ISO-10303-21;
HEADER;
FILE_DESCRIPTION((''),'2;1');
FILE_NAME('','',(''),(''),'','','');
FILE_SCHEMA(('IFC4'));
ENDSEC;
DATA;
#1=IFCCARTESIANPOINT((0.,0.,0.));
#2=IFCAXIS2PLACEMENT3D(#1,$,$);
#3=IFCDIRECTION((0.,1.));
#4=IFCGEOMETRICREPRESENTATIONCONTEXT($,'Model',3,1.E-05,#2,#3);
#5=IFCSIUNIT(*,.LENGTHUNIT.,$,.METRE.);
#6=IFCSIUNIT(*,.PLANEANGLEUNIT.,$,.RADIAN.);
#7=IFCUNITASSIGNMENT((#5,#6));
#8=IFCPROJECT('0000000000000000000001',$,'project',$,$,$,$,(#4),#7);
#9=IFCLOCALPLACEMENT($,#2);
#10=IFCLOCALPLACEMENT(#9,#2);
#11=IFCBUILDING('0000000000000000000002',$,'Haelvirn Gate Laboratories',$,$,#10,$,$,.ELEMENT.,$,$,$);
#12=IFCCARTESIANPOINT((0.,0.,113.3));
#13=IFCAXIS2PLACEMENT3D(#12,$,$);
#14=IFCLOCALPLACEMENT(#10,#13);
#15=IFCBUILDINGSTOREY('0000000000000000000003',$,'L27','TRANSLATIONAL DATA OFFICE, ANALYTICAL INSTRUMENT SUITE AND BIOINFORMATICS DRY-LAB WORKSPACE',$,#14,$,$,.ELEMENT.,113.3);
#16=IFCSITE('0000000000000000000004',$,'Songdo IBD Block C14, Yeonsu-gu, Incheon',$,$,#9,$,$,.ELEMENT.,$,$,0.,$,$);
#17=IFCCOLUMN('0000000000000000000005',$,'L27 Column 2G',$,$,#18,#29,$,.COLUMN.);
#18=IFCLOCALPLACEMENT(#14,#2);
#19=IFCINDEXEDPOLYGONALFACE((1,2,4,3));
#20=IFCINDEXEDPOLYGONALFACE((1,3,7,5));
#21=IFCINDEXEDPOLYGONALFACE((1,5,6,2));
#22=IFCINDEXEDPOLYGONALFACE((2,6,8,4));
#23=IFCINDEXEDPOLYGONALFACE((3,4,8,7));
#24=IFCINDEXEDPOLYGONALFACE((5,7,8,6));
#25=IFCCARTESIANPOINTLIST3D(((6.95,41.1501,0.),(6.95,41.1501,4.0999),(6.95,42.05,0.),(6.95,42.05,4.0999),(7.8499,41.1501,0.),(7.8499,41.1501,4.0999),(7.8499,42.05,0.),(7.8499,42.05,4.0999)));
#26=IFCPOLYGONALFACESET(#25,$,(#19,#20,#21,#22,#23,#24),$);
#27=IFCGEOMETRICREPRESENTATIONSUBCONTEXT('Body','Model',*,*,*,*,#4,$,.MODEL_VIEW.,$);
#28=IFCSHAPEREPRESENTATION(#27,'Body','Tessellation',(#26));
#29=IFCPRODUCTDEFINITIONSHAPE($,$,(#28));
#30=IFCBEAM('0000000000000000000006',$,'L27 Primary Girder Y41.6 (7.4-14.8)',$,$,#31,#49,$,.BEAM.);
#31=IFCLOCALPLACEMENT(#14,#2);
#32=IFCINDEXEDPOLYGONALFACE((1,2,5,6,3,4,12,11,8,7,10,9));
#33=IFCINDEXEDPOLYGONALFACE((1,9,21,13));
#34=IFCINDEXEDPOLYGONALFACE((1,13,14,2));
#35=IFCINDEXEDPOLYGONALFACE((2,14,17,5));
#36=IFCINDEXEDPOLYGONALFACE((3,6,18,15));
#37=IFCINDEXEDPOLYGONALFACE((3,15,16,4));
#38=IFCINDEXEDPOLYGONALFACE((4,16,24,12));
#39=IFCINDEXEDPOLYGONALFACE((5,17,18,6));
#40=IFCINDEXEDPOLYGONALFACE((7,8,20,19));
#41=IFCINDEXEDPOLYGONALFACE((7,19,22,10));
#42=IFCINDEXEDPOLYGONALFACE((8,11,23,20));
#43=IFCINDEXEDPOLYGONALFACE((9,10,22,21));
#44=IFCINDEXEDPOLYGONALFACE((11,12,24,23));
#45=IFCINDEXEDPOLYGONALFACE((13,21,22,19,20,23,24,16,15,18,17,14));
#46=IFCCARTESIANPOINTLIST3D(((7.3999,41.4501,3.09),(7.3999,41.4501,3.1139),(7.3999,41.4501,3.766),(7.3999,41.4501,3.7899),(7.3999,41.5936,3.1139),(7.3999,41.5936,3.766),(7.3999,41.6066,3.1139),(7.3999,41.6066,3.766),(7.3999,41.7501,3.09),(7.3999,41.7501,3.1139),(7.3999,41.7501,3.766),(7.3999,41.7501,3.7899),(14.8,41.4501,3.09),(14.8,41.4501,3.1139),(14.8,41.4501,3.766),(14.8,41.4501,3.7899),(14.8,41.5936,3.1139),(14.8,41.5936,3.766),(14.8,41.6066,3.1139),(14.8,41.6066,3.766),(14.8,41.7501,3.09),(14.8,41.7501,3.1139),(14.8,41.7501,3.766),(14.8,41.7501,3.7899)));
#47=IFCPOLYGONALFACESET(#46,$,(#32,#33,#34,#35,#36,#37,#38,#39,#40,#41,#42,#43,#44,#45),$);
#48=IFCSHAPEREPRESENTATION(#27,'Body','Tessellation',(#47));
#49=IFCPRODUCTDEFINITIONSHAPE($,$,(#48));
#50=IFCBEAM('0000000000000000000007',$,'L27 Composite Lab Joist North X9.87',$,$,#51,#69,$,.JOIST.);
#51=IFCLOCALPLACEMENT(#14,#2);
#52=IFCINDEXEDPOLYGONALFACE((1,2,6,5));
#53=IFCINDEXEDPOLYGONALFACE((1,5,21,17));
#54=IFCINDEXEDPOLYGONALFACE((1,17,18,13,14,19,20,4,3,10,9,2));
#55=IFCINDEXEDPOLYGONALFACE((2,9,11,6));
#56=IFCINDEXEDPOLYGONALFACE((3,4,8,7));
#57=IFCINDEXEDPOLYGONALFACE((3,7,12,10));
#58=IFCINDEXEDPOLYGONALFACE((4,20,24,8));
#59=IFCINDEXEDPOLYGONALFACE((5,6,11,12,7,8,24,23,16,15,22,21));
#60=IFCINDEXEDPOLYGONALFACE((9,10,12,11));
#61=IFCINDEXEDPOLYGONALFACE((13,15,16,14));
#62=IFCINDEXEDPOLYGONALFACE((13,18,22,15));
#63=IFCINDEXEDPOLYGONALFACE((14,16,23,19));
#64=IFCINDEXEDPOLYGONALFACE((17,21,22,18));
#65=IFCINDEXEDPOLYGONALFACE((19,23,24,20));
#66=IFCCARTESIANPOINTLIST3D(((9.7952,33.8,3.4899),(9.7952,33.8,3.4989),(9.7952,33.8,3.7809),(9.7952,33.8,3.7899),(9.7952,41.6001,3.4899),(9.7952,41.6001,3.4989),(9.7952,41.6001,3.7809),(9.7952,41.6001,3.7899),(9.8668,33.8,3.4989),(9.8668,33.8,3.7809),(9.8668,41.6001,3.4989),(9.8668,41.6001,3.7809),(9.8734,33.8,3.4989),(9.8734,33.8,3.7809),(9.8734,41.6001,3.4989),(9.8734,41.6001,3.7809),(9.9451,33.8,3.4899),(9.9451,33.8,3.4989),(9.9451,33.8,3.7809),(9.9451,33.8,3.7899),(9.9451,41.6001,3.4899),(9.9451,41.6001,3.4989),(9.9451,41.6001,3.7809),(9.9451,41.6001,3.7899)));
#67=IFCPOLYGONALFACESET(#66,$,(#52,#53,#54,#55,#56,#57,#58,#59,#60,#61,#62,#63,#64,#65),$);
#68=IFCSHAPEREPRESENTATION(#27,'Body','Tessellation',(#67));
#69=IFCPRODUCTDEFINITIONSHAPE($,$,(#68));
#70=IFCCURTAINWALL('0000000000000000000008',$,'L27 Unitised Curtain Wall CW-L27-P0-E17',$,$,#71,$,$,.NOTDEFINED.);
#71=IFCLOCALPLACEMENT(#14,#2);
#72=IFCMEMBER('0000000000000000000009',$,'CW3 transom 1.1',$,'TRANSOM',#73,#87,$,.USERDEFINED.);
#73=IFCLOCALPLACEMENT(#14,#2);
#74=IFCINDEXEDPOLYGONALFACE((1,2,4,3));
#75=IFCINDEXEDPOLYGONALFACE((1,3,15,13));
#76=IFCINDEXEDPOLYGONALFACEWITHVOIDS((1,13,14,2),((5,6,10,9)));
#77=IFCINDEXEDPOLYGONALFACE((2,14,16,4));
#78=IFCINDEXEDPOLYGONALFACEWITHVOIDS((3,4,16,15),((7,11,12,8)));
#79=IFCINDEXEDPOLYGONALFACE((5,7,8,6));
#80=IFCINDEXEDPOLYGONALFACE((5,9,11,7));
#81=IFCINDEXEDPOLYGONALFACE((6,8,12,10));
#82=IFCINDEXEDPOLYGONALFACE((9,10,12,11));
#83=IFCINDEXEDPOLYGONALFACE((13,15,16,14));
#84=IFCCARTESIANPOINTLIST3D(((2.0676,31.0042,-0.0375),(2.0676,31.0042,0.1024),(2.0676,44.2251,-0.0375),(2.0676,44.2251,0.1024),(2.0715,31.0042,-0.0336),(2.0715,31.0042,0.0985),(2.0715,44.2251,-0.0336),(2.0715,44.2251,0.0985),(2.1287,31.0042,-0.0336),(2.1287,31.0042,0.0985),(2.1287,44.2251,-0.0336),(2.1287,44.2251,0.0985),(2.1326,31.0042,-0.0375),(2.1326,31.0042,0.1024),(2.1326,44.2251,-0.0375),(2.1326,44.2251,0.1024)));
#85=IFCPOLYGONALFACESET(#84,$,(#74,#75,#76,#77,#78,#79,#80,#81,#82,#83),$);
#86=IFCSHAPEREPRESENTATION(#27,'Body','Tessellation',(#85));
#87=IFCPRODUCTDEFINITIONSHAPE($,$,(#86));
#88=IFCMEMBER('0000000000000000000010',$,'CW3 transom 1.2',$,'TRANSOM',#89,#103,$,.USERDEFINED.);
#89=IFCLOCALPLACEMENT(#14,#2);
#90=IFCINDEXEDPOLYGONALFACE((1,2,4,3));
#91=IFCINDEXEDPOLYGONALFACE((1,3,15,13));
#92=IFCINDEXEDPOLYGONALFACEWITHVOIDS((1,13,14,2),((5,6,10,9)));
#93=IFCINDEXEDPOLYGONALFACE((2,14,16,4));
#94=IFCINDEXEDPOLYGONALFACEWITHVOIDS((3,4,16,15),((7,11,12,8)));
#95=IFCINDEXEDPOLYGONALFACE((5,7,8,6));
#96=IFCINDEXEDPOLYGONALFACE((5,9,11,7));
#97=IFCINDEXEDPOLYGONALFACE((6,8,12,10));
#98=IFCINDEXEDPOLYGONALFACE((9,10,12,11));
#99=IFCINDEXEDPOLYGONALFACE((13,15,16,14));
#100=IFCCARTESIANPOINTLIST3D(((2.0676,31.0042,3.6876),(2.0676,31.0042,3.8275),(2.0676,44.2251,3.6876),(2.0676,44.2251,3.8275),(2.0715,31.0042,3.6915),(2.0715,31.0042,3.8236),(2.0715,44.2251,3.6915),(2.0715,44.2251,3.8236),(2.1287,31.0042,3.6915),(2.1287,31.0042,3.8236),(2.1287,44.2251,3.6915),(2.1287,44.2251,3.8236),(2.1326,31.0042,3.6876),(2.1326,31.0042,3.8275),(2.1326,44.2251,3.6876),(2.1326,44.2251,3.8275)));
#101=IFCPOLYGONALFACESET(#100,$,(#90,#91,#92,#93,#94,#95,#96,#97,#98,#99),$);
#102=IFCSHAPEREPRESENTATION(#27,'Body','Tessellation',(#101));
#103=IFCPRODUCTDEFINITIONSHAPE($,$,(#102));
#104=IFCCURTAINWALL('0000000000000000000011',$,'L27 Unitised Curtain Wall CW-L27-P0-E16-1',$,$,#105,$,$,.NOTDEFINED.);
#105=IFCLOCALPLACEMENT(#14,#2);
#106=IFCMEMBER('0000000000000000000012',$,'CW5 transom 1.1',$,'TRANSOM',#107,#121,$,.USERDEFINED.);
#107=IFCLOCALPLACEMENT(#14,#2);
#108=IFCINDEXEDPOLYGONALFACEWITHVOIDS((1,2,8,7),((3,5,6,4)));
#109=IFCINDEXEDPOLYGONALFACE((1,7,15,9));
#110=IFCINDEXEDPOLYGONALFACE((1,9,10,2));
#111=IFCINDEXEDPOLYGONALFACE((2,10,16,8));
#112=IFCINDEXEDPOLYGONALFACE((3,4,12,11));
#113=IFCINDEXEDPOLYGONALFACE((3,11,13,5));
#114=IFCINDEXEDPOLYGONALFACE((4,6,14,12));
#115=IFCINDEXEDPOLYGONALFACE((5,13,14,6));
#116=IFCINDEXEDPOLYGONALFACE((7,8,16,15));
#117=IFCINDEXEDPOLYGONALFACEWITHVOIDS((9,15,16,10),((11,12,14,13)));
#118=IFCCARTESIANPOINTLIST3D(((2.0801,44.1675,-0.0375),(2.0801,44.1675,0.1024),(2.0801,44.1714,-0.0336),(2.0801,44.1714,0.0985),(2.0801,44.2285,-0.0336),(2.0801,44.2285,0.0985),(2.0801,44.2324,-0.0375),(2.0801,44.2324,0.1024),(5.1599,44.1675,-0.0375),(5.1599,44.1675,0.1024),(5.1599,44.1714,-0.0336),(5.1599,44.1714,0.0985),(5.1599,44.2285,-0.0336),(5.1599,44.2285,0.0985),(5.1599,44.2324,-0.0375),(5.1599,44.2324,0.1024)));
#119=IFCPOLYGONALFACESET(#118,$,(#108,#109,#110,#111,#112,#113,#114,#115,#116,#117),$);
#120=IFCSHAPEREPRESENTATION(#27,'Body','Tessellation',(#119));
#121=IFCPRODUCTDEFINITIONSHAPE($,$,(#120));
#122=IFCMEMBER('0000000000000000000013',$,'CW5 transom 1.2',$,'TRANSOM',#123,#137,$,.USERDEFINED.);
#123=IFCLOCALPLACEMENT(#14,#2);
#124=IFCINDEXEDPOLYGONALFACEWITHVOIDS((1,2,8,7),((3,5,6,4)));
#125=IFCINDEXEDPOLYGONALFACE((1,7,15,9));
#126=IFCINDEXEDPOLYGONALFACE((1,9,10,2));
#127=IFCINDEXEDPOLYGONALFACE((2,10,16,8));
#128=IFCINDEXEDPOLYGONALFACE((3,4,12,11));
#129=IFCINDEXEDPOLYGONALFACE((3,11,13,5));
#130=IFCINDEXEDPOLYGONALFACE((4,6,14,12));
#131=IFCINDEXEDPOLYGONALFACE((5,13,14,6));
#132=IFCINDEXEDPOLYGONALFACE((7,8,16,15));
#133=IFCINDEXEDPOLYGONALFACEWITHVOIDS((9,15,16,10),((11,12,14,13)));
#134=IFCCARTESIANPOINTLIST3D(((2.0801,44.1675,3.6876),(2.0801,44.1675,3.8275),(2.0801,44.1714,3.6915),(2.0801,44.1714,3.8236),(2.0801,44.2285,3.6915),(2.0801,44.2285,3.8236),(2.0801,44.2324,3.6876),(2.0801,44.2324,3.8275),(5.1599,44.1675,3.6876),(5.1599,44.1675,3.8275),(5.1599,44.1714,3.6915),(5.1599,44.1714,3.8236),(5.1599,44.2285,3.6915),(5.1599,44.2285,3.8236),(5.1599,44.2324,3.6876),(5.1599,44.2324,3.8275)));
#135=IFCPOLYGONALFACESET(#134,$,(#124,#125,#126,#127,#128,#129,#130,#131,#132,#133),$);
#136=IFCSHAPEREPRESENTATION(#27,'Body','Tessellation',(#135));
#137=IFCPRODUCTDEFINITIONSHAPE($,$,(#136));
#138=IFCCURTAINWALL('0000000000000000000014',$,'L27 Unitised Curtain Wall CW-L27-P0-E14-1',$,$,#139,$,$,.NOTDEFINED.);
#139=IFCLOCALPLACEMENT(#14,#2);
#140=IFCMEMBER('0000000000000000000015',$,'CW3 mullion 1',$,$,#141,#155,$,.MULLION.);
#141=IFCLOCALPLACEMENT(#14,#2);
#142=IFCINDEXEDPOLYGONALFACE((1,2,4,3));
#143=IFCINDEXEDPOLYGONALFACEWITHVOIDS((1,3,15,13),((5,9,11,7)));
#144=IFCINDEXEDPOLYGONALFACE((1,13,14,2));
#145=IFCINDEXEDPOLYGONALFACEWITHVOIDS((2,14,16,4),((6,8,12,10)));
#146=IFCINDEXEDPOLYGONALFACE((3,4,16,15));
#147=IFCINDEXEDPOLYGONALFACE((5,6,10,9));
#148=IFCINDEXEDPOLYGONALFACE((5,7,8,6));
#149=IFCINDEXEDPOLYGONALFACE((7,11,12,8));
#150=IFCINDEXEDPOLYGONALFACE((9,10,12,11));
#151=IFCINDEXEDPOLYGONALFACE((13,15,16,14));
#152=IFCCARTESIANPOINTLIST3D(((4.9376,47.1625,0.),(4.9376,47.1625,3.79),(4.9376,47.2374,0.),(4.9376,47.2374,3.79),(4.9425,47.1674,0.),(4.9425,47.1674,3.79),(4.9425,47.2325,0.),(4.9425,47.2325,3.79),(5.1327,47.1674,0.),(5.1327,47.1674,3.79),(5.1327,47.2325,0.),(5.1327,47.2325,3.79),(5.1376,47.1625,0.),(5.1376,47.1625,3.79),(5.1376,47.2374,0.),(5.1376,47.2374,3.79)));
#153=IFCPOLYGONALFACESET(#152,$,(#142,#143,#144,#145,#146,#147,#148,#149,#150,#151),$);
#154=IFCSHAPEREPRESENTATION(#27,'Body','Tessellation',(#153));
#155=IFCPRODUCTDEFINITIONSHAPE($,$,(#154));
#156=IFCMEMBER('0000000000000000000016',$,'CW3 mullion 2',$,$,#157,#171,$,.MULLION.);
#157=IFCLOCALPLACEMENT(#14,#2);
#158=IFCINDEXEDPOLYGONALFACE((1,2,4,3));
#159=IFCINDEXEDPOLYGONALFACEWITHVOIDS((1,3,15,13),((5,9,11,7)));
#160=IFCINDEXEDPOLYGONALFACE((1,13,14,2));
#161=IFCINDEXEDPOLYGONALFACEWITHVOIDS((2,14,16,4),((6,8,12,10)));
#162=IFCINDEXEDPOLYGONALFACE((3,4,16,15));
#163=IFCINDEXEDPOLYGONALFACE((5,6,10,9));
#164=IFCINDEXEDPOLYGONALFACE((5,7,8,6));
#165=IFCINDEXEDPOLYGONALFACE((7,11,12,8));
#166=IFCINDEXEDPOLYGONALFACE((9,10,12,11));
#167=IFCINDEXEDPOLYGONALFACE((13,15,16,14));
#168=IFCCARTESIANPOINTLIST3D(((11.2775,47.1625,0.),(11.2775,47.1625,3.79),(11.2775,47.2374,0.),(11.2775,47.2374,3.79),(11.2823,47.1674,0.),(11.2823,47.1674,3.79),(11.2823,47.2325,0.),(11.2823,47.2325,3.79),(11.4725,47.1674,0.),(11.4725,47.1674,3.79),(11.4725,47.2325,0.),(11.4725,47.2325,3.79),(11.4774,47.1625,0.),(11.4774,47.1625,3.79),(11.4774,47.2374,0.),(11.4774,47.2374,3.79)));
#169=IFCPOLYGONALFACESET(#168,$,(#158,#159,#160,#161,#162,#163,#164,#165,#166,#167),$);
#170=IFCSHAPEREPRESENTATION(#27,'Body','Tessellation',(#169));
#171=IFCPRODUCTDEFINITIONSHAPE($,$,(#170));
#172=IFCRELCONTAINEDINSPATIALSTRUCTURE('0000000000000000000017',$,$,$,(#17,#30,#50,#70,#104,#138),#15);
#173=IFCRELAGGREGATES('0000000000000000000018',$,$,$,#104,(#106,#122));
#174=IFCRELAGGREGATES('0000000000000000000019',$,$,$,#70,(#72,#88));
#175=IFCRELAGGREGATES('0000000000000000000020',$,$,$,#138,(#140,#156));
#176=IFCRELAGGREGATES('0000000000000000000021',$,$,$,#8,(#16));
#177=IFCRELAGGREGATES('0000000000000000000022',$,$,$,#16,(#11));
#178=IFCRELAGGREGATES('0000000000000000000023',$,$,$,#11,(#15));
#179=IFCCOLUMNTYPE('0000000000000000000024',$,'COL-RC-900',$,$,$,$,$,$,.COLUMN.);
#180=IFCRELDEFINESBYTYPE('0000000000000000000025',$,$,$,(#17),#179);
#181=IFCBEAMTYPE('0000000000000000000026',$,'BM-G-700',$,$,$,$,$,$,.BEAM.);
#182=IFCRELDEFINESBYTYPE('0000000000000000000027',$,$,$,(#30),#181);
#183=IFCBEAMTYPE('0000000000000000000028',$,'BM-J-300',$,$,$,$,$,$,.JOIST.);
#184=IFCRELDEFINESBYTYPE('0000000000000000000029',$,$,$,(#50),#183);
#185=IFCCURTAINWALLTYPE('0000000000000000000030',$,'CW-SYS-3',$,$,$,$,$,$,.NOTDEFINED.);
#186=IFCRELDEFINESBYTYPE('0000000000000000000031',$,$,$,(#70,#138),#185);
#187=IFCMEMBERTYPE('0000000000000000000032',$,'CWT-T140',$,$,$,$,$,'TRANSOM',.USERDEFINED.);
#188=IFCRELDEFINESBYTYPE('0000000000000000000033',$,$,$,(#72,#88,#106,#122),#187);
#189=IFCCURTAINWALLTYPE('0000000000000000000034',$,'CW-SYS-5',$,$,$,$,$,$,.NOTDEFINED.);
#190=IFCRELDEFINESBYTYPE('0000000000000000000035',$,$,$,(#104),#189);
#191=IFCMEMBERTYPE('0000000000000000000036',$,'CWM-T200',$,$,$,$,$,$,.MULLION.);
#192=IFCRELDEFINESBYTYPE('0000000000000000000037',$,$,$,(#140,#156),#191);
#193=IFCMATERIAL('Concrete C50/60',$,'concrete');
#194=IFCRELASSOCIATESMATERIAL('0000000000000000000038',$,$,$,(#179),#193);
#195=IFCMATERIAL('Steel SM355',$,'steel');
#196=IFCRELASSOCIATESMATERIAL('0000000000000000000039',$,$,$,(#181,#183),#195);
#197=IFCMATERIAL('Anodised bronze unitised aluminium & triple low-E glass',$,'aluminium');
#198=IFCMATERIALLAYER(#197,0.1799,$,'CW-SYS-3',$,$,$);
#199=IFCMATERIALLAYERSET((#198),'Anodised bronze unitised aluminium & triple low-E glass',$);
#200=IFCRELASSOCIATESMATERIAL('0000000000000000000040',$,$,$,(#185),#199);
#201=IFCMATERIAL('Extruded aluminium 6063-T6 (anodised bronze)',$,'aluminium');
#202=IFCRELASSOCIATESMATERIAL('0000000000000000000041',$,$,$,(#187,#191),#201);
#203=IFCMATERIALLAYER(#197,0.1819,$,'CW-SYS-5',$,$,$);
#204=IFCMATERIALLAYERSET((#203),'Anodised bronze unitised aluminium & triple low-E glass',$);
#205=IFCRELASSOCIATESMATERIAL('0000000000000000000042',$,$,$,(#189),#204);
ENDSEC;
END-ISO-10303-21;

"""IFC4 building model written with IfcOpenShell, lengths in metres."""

from ifc_helpers import new_model, si_unit, direction, frame, origin, origin_2d, place, context, subcontext, project, spatial, rectangle, hollow_rectangle, i_section, extrude, source, transform, mapped, material, layer, layer_set, material_profile, profile_set, type_object, type_shapes, element, aggregate, save


model = new_model("IFC4")

# Units and contexts
model_context = context("Model", 3, precision=1e-05, world=origin(), true_north=direction((0.0, 1.0)))
body_context = subcontext(model_context, "Body", "Model", "MODEL_VIEW")
ifc_project = project(units=[si_unit("LENGTHUNIT", "METRE"), si_unit("PLANEANGLEUNIT", "RADIAN")], contexts=[model_context])

# Site, building, storey
site_placement = place(None, origin())
site = spatial("IfcSite", under=ifc_project, at=site_placement, Name="Songdo IBD Block C14, Yeonsu-gu, Incheon", CompositionType="ELEMENT", RefElevation=0.0)
building_placement = place(site_placement, origin())
building = spatial("IfcBuilding", under=site, at=building_placement, Name="Haelvirn Gate Laboratories", CompositionType="ELEMENT")
storey_placement = place(building_placement, frame((0.0, 0.0, 113.3)))
storey = spatial("IfcBuildingStorey", under=building, at=storey_placement, Name="L27", Description="TRANSLATIONAL DATA OFFICE, ANALYTICAL INSTRUMENT SUITE AND BIOINFORMATICS DRY-LAB WORKSPACE", CompositionType="ELEMENT", Elevation=113.3)

# Column
ifc_material_1 = material(Name="Concrete C50/60", Category="concrete")
ifc_material_profile_1 = material_profile(ifc_material_1, rectangle(XDim=0.8999, YDim=0.8999, at=origin_2d()), Name="RC-900x900")
ifc_profile_set_1 = profile_set([ifc_material_profile_1], Name="Concrete C50/60")
column_type = type_object("IfcColumnType", Name="COL-RC-900", PredefinedType="COLUMN", material=ifc_profile_set_1)
shared_shape_1 = source(origin(), body_context, "Body", "SweptSolid", [
    extrude(rectangle(XDim=0.8999, YDim=0.8999, at=origin_2d()), origin(), (0.0, 0.0, 1.0), 4.0999),
])
type_shapes(column_type, [shared_shape_1])
column_placement = place(storey_placement, frame((7.3999, 41.6001, 0.0), z_axis=(0.0, 0.0, 1.0), x_axis=(1.0, 0.0, 0.0)))
element("IfcColumn", 1, at=column_placement, inside=storey, type_object=column_type, Name="L27 Column 2G", PredefinedType="COLUMN", context=body_context, shape_type="MappedRepresentation", body=[
    mapped(shared_shape_1, transform((0.0, 0.0, 0.0), scale=1.0)),
])

# Beams
ifc_material_2 = material(Name="Steel SM355", Category="steel")
ifc_material_profile_2 = material_profile(ifc_material_2, i_section(OverallWidth=0.3, OverallDepth=0.7, WebThickness=0.0129, FlangeThickness=0.0239, at=origin_2d()), Name="H-700x300x13x24")
ifc_profile_set_2 = profile_set([ifc_material_profile_2], Name="Steel SM355")
beam_type_1 = type_object("IfcBeamType", Name="BM-G-700", PredefinedType="BEAM", material=ifc_profile_set_2)
shared_shape_2 = source(origin(), body_context, "Body", "SweptSolid", [
    extrude(i_section(OverallWidth=0.3, OverallDepth=0.7, WebThickness=0.0129, FlangeThickness=0.0239, at=origin_2d()), origin(), (0.0, 0.0, 1.0), 7.4001),
])
type_shapes(beam_type_1, [shared_shape_2])
beam_1_placement = place(storey_placement, frame((7.3999, 41.6001, 3.4399), z_axis=(1.0, 0.0, 0.0), x_axis=(0.0, 1.0, 0.0)))
element("IfcBeam", 2, at=beam_1_placement, inside=storey, type_object=beam_type_1, Name="L27 Primary Girder Y41.6 (7.4-14.8)", PredefinedType="BEAM", context=body_context, shape_type="MappedRepresentation", body=[
    mapped(shared_shape_2, transform((0.0, 0.0, 0.0), scale=1.0)),
])
ifc_material_profile_3 = material_profile(ifc_material_2, i_section(OverallWidth=0.1499, OverallDepth=0.3, WebThickness=0.0066, FlangeThickness=0.009, at=origin_2d()), Name="H-300x150x6.5x9")
ifc_profile_set_3 = profile_set([ifc_material_profile_3], Name="Steel SM355")
beam_type_2 = type_object("IfcBeamType", Name="BM-J-300", PredefinedType="JOIST", material=ifc_profile_set_3)
shared_shape_3 = source(origin(), body_context, "Body", "SweptSolid", [
    extrude(i_section(OverallWidth=0.1499, OverallDepth=0.3, WebThickness=0.0066, FlangeThickness=0.009, at=origin_2d()), origin(), (0.0, 0.0, 1.0), 7.8),
])
type_shapes(beam_type_2, [shared_shape_3])
beam_2_placement = place(storey_placement, frame((9.8701, 33.8, 3.6399), z_axis=(0.0, 1.0, 0.0), x_axis=(-1.0, 0.0, 0.0)))
element("IfcBeam", 3, at=beam_2_placement, inside=storey, type_object=beam_type_2, Name="L27 Composite Lab Joist North X9.87", PredefinedType="JOIST", context=body_context, shape_type="MappedRepresentation", body=[
    mapped(shared_shape_3, transform((0.0, 0.0, 0.0), scale=1.0)),
])

# Curtain walls, members
ifc_material_3 = material(Name="Anodised bronze unitised aluminium & triple low-E glass", Category="aluminium")
ifc_layer_1 = layer(ifc_material_3, 0.1799, Name="CW-SYS-3")
ifc_layer_set_1 = layer_set([ifc_layer_1], Name="Anodised bronze unitised aluminium & triple low-E glass")
curtain_wall_type_1 = type_object("IfcCurtainWallType", Name="CW-SYS-3", PredefinedType="NOTDEFINED", material=ifc_layer_set_1)
curtain_wall_1_placement = place(storey_placement, origin())
curtain_wall_1 = element("IfcCurtainWall", 4, at=curtain_wall_1_placement, inside=storey, type_object=curtain_wall_type_1, Name="L27 Unitised Curtain Wall CW-L27-P0-E17", PredefinedType="NOTDEFINED")
ifc_material_4 = material(Name="Extruded aluminium 6063-T6 (anodised bronze)", Category="aluminium")
ifc_material_profile_4 = material_profile(ifc_material_4, hollow_rectangle(XDim=0.0649, YDim=0.1399, WallThickness=0.0039, at=origin_2d()), Name="CWT-140x65x4")
ifc_profile_set_4 = profile_set([ifc_material_profile_4], Name="Extruded aluminium 6063-T6 (anodised bronze)")
member_type_1 = type_object("IfcMemberType", Name="CWT-T140", ElementType="TRANSOM", PredefinedType="USERDEFINED", material=ifc_profile_set_4)
shared_shape_4 = source(origin(), body_context, "Body", "SweptSolid", [
    extrude(hollow_rectangle(XDim=0.0649, YDim=0.1399, WallThickness=0.0039, at=origin_2d()), origin(), (0.0, 0.0, 1.0), 13.2209),
])
member_1_placement = place(storey_placement, frame((2.1001, 44.2251, 0.0325), z_axis=(0.0, -1.0, 0.0), x_axis=(1.0, 0.0, 0.0)))
member_1 = element("IfcMember", 5, at=member_1_placement, type_object=member_type_1, Name="CW3 transom 1.1", ObjectType="TRANSOM", PredefinedType="USERDEFINED", context=body_context, shape_type="MappedRepresentation", body=[
    mapped(shared_shape_4, transform((0.0, 0.0, 0.0), scale=1.0)),
])
member_2_placement = place(storey_placement, frame((2.1001, 44.2251, 3.7576), z_axis=(0.0, -1.0, 0.0), x_axis=(1.0, 0.0, 0.0)))
member_2 = element("IfcMember", 6, at=member_2_placement, type_object=member_type_1, Name="CW3 transom 1.2", ObjectType="TRANSOM", PredefinedType="USERDEFINED", context=body_context, shape_type="MappedRepresentation", body=[
    mapped(shared_shape_4, transform((0.0, 0.0, 0.0), scale=1.0)),
])
ifc_layer_2 = layer(ifc_material_3, 0.1819, Name="CW-SYS-5")
ifc_layer_set_2 = layer_set([ifc_layer_2], Name="Anodised bronze unitised aluminium & triple low-E glass")
curtain_wall_type_2 = type_object("IfcCurtainWallType", Name="CW-SYS-5", PredefinedType="NOTDEFINED", material=ifc_layer_set_2)
curtain_wall_2_placement = place(storey_placement, origin())
curtain_wall_2 = element("IfcCurtainWall", 7, at=curtain_wall_2_placement, inside=storey, type_object=curtain_wall_type_2, Name="L27 Unitised Curtain Wall CW-L27-P0-E16-1", PredefinedType="NOTDEFINED")
shared_shape_5 = source(origin(), body_context, "Body", "SweptSolid", [
    extrude(hollow_rectangle(XDim=0.0649, YDim=0.1399, WallThickness=0.0039, at=origin_2d()), origin(), (0.0, 0.0, 1.0), 3.0798),
])
member_3_placement = place(storey_placement, frame((2.0801, 44.2, 0.0325), z_axis=(1.0, 0.0, 0.0), x_axis=(0.0, 1.0, 0.0)))
member_3 = element("IfcMember", 8, at=member_3_placement, type_object=member_type_1, Name="CW5 transom 1.1", ObjectType="TRANSOM", PredefinedType="USERDEFINED", context=body_context, shape_type="MappedRepresentation", body=[
    mapped(shared_shape_5, transform((0.0, 0.0, 0.0), scale=1.0)),
])
member_4_placement = place(storey_placement, frame((2.0801, 44.2, 3.7576), z_axis=(1.0, 0.0, 0.0), x_axis=(0.0, 1.0, 0.0)))
member_4 = element("IfcMember", 9, at=member_4_placement, type_object=member_type_1, Name="CW5 transom 1.2", ObjectType="TRANSOM", PredefinedType="USERDEFINED", context=body_context, shape_type="MappedRepresentation", body=[
    mapped(shared_shape_5, transform((0.0, 0.0, 0.0), scale=1.0)),
])
curtain_wall_3_placement = place(storey_placement, origin())
curtain_wall_3 = element("IfcCurtainWall", 10, at=curtain_wall_3_placement, inside=storey, type_object=curtain_wall_type_1, Name="L27 Unitised Curtain Wall CW-L27-P0-E14-1", PredefinedType="NOTDEFINED")
ifc_material_profile_5 = material_profile(ifc_material_4, hollow_rectangle(XDim=0.075, YDim=0.2, WallThickness=0.0049, at=origin_2d()), Name="CWM-200x75x5")
ifc_profile_set_5 = profile_set([ifc_material_profile_5], Name="Extruded aluminium 6063-T6 (anodised bronze)")
member_type_2 = type_object("IfcMemberType", Name="CWM-T200", PredefinedType="MULLION", material=ifc_profile_set_5)
shared_shape_6 = source(origin(), body_context, "Body", "SweptSolid", [
    extrude(hollow_rectangle(XDim=0.075, YDim=0.2, WallThickness=0.0049, at=origin_2d()), origin(), (0.0, 0.0, 1.0), 3.79),
])
type_shapes(member_type_2, [shared_shape_6])
member_5_placement = place(storey_placement, frame((5.0376, 47.2, 0.0), z_axis=(0.0, 0.0, 1.0), x_axis=(0.0, 1.0, 0.0)))
member_5 = element("IfcMember", 11, at=member_5_placement, type_object=member_type_2, Name="CW3 mullion 1", PredefinedType="MULLION", context=body_context, shape_type="MappedRepresentation", body=[
    mapped(shared_shape_6, transform((0.0, 0.0, 0.0), scale=1.0)),
])
member_6_placement = place(storey_placement, frame((11.3774, 47.2, 0.0), z_axis=(0.0, 0.0, 1.0), x_axis=(0.0, 1.0, 0.0)))
member_6 = element("IfcMember", 12, at=member_6_placement, type_object=member_type_2, Name="CW3 mullion 2", PredefinedType="MULLION", context=body_context, shape_type="MappedRepresentation", body=[
    mapped(shared_shape_6, transform((0.0, 0.0, 0.0), scale=1.0)),
])

aggregate(curtain_wall_2, [member_3, member_4])
aggregate(curtain_wall_1, [member_1, member_2])
aggregate(curtain_wall_3, [member_5, member_6])

save(model, "model.ifc")
